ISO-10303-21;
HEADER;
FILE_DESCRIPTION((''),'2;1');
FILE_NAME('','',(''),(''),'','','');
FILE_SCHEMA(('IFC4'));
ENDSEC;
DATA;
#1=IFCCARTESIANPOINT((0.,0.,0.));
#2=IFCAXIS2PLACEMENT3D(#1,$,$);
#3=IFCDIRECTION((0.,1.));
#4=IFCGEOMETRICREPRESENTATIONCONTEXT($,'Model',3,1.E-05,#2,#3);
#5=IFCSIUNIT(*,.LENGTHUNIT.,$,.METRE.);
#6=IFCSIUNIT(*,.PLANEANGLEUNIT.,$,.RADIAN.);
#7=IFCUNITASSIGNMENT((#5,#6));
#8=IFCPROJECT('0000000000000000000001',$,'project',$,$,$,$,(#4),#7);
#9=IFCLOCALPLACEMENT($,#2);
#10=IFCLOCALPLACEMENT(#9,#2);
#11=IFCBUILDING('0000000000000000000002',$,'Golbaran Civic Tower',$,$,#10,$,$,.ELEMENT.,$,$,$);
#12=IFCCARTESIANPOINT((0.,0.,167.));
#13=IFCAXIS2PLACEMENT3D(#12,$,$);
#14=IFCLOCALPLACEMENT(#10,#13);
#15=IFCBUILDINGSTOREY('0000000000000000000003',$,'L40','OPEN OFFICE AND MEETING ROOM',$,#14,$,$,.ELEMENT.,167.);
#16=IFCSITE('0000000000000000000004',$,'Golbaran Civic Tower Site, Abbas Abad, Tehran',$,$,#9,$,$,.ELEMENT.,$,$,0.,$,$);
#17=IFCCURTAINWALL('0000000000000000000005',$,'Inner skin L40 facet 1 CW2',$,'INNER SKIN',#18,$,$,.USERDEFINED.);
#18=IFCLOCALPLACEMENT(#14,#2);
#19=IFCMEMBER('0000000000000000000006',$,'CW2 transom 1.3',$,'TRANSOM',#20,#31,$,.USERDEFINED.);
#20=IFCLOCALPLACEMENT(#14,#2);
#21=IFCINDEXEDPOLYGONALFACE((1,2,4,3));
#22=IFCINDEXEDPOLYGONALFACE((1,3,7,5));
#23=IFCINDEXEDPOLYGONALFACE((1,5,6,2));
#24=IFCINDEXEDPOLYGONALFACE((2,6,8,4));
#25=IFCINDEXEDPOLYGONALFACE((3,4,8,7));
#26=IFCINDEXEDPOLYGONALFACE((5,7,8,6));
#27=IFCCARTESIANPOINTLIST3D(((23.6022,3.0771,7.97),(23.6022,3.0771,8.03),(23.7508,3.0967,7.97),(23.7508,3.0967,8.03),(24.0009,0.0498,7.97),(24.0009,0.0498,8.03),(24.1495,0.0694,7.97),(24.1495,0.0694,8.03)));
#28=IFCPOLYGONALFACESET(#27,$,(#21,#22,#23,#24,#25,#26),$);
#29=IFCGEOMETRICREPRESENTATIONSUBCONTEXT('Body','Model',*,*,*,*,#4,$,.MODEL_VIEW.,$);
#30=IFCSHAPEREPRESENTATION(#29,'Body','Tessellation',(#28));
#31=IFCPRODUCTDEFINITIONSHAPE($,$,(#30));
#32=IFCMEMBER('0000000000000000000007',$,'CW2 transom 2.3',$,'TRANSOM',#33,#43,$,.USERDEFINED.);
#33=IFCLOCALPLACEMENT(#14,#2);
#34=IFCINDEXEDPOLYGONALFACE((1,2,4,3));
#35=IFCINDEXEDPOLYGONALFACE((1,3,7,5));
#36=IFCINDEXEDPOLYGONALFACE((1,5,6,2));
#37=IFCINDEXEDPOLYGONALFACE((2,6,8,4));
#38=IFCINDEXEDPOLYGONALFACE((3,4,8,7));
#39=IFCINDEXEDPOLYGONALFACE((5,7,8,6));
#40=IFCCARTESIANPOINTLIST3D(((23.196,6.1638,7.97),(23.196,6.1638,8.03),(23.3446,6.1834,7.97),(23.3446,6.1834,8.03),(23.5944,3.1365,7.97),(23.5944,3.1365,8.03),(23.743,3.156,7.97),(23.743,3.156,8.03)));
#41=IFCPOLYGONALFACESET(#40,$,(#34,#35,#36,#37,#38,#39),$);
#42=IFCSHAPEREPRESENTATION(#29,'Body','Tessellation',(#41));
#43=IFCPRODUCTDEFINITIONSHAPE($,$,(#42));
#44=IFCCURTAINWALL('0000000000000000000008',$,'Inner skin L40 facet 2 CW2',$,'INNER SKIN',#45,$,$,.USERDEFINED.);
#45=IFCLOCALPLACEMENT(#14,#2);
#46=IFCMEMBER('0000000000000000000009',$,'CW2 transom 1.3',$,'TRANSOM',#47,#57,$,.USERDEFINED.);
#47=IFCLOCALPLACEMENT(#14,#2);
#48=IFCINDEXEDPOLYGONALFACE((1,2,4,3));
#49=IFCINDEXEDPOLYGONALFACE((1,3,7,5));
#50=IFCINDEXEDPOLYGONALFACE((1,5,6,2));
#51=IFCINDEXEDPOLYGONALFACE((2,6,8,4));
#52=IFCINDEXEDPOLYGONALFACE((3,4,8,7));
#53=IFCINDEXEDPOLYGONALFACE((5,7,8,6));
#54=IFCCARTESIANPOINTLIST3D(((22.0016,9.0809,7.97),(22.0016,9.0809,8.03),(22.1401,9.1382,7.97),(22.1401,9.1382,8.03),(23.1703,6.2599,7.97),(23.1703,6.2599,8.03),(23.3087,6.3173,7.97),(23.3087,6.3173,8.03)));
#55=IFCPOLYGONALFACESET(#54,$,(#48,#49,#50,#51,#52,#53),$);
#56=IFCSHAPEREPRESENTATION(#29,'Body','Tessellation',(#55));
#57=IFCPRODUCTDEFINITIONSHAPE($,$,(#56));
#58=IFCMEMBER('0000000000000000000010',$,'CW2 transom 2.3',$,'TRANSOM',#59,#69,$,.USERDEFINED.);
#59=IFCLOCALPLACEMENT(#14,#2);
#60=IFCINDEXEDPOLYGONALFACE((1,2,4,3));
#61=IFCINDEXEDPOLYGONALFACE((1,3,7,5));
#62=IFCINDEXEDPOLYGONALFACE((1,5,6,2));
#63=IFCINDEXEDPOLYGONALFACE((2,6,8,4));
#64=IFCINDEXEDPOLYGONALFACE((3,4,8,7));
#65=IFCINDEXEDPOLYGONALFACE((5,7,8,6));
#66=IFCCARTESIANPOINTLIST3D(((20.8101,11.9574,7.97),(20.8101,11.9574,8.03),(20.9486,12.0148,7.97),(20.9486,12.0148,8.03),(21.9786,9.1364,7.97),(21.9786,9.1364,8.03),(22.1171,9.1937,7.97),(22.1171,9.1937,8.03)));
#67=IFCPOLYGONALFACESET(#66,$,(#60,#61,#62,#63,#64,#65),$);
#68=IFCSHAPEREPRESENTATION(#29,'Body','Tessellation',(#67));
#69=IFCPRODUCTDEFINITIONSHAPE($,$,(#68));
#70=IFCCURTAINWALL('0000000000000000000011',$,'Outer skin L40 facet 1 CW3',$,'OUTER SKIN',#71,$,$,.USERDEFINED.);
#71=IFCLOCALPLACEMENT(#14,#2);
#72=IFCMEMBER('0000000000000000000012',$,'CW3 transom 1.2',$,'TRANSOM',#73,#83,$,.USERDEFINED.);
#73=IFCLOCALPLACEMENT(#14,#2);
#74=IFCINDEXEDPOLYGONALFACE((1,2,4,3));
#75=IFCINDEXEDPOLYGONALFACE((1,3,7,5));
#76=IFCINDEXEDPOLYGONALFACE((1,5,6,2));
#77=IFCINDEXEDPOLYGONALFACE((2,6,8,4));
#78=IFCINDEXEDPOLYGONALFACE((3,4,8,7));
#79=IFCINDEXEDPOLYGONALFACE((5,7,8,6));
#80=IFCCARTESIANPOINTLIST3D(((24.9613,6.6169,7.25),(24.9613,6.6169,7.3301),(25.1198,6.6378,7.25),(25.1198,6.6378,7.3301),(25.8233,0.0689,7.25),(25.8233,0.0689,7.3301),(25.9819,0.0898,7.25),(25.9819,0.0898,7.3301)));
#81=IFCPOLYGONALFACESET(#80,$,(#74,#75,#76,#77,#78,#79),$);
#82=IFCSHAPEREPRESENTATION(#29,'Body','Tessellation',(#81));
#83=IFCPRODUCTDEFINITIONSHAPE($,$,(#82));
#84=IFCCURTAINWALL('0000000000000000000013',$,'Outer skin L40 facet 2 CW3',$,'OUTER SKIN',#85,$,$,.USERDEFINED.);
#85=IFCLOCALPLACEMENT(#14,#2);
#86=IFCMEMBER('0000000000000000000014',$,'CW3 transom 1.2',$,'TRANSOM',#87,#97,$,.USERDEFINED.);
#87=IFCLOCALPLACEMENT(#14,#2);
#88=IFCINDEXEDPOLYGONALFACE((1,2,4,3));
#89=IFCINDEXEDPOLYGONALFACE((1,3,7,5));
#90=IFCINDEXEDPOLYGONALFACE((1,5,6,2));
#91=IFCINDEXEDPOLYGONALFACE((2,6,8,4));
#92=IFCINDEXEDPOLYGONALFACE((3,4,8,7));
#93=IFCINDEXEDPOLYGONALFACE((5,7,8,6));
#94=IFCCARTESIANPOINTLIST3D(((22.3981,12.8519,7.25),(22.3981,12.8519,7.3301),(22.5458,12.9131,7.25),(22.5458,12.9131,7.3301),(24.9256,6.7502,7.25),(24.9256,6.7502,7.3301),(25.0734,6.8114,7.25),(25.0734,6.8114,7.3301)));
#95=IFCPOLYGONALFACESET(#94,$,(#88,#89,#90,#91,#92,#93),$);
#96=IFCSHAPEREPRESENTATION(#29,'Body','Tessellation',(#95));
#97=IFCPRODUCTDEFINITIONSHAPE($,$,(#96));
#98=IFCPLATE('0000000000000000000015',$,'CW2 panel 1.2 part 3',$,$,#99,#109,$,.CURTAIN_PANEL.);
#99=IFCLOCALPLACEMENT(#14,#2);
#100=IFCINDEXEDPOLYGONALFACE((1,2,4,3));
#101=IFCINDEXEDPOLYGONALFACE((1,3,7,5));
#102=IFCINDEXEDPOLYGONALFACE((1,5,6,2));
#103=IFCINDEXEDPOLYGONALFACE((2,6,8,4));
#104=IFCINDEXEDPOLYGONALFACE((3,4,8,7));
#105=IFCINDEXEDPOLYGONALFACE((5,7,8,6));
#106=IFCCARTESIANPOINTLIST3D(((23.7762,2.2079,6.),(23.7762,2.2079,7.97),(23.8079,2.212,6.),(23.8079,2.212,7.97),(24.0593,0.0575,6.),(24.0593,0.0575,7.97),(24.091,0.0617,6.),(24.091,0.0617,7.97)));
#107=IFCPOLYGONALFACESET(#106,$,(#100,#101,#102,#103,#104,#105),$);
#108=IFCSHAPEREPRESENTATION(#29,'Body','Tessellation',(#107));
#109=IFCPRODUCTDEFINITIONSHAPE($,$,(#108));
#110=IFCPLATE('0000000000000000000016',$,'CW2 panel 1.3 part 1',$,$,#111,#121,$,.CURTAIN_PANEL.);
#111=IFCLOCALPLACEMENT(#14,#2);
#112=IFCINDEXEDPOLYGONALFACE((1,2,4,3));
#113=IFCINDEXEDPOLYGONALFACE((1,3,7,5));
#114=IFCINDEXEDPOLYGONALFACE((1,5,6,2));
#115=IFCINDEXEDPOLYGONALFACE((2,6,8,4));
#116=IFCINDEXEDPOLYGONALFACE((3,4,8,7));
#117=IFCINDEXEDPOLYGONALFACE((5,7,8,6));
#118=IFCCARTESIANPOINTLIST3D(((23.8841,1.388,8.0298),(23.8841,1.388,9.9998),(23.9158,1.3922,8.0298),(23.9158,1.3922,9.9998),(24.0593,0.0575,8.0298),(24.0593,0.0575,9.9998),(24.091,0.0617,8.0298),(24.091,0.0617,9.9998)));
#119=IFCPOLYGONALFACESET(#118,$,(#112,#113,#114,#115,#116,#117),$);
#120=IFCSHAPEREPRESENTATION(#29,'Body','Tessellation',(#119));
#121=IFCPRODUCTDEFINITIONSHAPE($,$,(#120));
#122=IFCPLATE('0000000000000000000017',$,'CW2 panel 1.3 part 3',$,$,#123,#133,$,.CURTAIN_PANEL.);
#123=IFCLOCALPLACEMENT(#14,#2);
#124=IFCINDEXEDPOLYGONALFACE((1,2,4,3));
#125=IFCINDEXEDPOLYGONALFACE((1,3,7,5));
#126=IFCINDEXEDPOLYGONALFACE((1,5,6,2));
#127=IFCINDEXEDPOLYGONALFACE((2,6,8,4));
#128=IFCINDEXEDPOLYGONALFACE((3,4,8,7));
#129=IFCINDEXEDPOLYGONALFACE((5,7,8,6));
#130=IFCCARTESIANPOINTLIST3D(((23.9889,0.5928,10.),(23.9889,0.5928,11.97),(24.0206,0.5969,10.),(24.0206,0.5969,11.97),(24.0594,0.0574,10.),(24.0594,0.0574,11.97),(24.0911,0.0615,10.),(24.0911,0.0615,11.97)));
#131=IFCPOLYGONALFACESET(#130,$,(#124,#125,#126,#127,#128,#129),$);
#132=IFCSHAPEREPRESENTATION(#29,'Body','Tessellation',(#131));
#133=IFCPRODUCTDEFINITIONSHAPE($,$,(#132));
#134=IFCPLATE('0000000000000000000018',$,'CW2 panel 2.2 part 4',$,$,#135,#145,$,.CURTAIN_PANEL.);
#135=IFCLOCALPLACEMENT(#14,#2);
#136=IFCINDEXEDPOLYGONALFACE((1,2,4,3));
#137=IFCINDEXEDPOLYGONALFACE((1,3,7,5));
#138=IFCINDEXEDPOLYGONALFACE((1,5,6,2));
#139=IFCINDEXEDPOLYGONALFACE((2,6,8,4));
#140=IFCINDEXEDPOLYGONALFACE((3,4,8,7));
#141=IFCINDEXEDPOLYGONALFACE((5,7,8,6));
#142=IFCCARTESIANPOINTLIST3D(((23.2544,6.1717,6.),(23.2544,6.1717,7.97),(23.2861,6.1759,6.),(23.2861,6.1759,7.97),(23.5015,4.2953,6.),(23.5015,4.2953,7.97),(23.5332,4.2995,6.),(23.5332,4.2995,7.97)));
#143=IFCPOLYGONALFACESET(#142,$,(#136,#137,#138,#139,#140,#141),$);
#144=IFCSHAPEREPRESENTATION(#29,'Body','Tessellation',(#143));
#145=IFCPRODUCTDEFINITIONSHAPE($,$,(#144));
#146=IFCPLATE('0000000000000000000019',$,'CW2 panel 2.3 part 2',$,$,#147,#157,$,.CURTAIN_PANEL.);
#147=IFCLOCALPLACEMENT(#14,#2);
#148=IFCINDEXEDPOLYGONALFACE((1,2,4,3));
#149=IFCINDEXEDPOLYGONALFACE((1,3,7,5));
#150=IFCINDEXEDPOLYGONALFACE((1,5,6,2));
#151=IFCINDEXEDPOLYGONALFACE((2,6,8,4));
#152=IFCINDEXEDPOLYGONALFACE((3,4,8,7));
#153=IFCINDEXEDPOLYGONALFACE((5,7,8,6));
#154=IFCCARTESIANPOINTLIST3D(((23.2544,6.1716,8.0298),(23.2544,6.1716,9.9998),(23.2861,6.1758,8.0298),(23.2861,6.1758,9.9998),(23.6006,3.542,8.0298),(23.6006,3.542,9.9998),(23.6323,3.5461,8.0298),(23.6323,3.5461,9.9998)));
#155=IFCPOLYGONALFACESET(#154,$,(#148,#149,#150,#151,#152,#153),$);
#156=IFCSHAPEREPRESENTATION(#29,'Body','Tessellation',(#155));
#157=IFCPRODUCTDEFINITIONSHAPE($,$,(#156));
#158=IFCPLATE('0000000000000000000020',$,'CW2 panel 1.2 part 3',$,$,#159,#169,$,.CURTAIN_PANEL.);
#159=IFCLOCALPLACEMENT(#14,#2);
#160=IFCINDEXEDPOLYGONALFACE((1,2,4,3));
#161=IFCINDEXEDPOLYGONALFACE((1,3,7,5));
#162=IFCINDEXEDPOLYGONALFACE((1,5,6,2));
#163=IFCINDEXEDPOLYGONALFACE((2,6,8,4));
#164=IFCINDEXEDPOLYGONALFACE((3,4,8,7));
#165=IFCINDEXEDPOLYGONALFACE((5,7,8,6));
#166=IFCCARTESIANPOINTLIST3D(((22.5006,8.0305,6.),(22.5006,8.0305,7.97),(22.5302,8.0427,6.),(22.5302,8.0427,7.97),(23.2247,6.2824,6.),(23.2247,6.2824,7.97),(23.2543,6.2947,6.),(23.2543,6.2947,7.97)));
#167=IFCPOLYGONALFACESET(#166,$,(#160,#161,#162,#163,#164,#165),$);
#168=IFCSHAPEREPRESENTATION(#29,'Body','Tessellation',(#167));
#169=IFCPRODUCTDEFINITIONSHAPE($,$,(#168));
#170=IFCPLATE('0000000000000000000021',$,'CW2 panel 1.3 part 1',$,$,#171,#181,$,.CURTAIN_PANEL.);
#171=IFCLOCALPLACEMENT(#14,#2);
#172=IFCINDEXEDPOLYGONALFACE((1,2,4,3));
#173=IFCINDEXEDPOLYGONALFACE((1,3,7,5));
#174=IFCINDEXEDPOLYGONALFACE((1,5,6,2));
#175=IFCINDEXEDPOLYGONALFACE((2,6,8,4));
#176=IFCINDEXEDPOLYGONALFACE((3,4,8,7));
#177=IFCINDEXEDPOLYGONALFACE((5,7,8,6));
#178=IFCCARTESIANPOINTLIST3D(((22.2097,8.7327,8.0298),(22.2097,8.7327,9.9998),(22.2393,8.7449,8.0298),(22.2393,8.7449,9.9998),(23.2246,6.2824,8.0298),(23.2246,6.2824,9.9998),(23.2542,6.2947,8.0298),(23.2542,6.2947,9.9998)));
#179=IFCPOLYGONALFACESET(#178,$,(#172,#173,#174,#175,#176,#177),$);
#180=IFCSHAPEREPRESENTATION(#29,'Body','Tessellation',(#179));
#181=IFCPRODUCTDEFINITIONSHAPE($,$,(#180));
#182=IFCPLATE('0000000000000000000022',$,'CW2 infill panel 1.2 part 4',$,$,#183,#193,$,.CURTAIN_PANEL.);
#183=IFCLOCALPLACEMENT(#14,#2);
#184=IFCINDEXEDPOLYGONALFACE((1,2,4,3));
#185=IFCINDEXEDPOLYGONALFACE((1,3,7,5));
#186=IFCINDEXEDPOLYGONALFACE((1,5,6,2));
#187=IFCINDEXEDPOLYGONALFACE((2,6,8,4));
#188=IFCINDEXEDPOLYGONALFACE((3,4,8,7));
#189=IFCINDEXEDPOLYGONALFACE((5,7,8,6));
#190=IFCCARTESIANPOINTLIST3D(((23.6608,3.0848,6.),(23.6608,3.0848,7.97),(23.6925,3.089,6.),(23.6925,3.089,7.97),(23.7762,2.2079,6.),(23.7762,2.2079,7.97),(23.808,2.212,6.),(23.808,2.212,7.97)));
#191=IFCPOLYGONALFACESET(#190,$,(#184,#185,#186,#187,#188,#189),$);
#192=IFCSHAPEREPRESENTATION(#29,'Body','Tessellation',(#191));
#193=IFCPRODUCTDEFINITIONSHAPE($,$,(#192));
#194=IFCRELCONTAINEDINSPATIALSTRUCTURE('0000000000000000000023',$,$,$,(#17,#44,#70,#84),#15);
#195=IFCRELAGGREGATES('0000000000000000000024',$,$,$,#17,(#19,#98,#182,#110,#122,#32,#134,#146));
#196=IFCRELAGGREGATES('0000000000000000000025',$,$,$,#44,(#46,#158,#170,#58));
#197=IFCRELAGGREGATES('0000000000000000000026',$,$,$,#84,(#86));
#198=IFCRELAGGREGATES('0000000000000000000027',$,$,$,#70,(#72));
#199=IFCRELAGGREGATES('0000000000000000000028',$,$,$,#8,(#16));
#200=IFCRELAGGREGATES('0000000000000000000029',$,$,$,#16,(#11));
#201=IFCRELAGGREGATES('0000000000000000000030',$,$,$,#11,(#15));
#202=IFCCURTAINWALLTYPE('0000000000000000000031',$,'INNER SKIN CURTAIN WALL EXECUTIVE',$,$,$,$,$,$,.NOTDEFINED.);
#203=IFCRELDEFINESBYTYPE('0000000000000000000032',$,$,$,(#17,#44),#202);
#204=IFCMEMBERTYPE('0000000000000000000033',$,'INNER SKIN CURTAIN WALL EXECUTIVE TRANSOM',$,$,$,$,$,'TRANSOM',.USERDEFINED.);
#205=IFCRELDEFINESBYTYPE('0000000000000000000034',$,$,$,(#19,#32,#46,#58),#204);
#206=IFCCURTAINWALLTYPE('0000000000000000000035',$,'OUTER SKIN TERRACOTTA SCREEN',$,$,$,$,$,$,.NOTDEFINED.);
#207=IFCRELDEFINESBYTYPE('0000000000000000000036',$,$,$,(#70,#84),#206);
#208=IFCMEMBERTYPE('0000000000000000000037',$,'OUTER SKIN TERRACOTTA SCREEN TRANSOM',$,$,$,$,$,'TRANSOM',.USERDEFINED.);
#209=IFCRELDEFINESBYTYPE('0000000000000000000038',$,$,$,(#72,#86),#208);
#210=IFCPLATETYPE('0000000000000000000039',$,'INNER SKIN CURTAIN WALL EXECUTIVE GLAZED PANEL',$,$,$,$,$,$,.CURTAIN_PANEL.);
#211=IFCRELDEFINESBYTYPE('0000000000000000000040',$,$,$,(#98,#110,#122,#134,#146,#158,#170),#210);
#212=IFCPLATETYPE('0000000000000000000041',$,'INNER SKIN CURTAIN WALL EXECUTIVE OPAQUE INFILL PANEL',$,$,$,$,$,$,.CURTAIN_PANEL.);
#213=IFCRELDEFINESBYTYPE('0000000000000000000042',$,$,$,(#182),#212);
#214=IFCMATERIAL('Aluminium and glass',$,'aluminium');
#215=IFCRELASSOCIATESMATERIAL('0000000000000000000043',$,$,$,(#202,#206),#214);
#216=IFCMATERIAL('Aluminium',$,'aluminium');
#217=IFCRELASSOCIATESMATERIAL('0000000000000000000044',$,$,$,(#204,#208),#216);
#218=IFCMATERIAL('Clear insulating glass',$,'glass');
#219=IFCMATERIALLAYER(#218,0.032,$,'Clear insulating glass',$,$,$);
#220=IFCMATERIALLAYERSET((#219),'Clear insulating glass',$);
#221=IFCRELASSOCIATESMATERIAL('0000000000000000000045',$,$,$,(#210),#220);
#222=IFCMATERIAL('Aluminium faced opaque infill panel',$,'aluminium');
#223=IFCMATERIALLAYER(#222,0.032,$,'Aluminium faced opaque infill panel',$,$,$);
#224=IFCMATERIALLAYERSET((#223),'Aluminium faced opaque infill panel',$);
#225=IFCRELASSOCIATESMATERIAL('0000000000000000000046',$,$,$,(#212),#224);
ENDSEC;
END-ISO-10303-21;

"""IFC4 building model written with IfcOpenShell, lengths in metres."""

from ifc_helpers import new_model, si_unit, direction, frame, origin, origin_2d, place, context, subcontext, project, spatial, rectangle, extrude, material, layer, layer_set, material_profile, profile_set, type_object, element, aggregate, save


model = new_model("IFC4")

# Units and contexts
model_context = context("Model", 3, precision=1e-05, world=origin(), true_north=direction((0.0, 1.0)))
body_context = subcontext(model_context, "Body", "Model", "MODEL_VIEW")
ifc_project = project(units=[si_unit("LENGTHUNIT", "METRE"), si_unit("PLANEANGLEUNIT", "RADIAN")], contexts=[model_context])

# Site, building, storey
site_placement = place(None, origin())
site = spatial("IfcSite", under=ifc_project, at=site_placement, Name="Golbaran Civic Tower Site, Abbas Abad, Tehran", CompositionType="ELEMENT", RefElevation=0.0)
building_placement = place(site_placement, origin())
building = spatial("IfcBuilding", under=site, at=building_placement, Name="Golbaran Civic Tower", CompositionType="ELEMENT")
storey_placement = place(building_placement, frame((0.0, 0.0, 167.0)))
storey = spatial("IfcBuildingStorey", under=building, at=storey_placement, Name="L40", Description="OPEN OFFICE AND MEETING ROOM", CompositionType="ELEMENT", Elevation=167.0)

# Curtain walls, members
ifc_material_1 = material(Name="Aluminium and glass", Category="aluminium")
curtain_wall_type_1 = type_object("IfcCurtainWallType", Name="INNER SKIN CURTAIN WALL EXECUTIVE", PredefinedType="NOTDEFINED", material=ifc_material_1)
curtain_wall_1_placement = place(storey_placement, origin())
curtain_wall_1 = element("IfcCurtainWall", 1, at=curtain_wall_1_placement, inside=storey, type_object=curtain_wall_type_1, Name="Inner skin L40 facet 1 CW2", ObjectType="INNER SKIN", PredefinedType="USERDEFINED")
ifc_material_2 = material(Name="Aluminium", Category="aluminium")
ifc_material_profile_1 = material_profile(ifc_material_2, rectangle(XDim=0.1499, YDim=0.0601, at=origin_2d()), Name="INNER SKIN CURTAIN WALL EXECUTIVE TRANSOM")
ifc_profile_set_1 = profile_set([ifc_material_profile_1], Name="Aluminium")
member_type_1 = type_object("IfcMemberType", Name="INNER SKIN CURTAIN WALL EXECUTIVE TRANSOM", ElementType="TRANSOM", PredefinedType="USERDEFINED", material=ifc_profile_set_1)
member_1_placement = place(storey_placement, frame((24.0752, 0.0596, 8.0), z_axis=(-0.130566, 0.99144, 0.0), x_axis=(-0.99144, -0.130566, 0.0)))
member_1 = element("IfcMember", 2, at=member_1_placement, type_object=member_type_1, Name="CW2 transom 1.3", ObjectType="TRANSOM", PredefinedType="USERDEFINED", context=body_context, shape_type="SweptSolid", body=[
    extrude(rectangle(XDim=0.1499, YDim=0.0601, at=origin_2d()), origin(), (0.0, 0.0, 1.0), 3.0535),
])
member_2_placement = place(storey_placement, frame((23.6687, 3.1462, 8.0), z_axis=(-0.130488, 0.99145, 0.0), x_axis=(-0.99145, -0.130488, 0.0)))
member_2 = element("IfcMember", 3, at=member_2_placement, type_object=member_type_1, Name="CW2 transom 2.3", ObjectType="TRANSOM", PredefinedType="USERDEFINED", context=body_context, shape_type="SweptSolid", body=[
    extrude(rectangle(XDim=0.1499, YDim=0.0601, at=origin_2d()), origin(), (0.0, 0.0, 1.0), 3.0535),
])
curtain_wall_2_placement = place(storey_placement, origin())
curtain_wall_2 = element("IfcCurtainWall", 4, at=curtain_wall_2_placement, inside=storey, type_object=curtain_wall_type_1, Name="Inner skin L40 facet 2 CW2", ObjectType="INNER SKIN", PredefinedType="USERDEFINED")
member_3_placement = place(storey_placement, frame((23.2395, 6.2886, 8.0), z_axis=(-0.382735, 0.923858, 0.0), x_axis=(-0.923858, -0.382735, 0.0)))
member_3 = element("IfcMember", 5, at=member_3_placement, type_object=member_type_1, Name="CW2 transom 1.3", ObjectType="TRANSOM", PredefinedType="USERDEFINED", context=body_context, shape_type="SweptSolid", body=[
    extrude(rectangle(XDim=0.1499, YDim=0.0601, at=origin_2d()), origin(), (0.0, 0.0, 1.0), 3.0535),
])
member_4_placement = place(storey_placement, frame((22.0479, 9.165, 8.0), z_axis=(-0.382667, 0.923886, 0.0), x_axis=(-0.923886, -0.382667, 0.0)))
member_4 = element("IfcMember", 6, at=member_4_placement, type_object=member_type_1, Name="CW2 transom 2.3", ObjectType="TRANSOM", PredefinedType="USERDEFINED", context=body_context, shape_type="SweptSolid", body=[
    extrude(rectangle(XDim=0.1499, YDim=0.0601, at=origin_2d()), origin(), (0.0, 0.0, 1.0), 3.0535),
])

# Curtain walls, members
curtain_wall_type_2 = type_object("IfcCurtainWallType", Name="OUTER SKIN TERRACOTTA SCREEN", PredefinedType="NOTDEFINED", material=ifc_material_1)
curtain_wall_3_placement = place(storey_placement, origin())
curtain_wall_3 = element("IfcCurtainWall", 7, at=curtain_wall_3_placement, inside=storey, type_object=curtain_wall_type_2, Name="Outer skin L40 facet 1 CW3", ObjectType="OUTER SKIN", PredefinedType="USERDEFINED")
ifc_material_profile_2 = material_profile(ifc_material_2, rectangle(XDim=0.1599, YDim=0.0801, at=origin_2d()), Name="OUTER SKIN TERRACOTTA SCREEN TRANSOM")
ifc_profile_set_2 = profile_set([ifc_material_profile_2], Name="Aluminium")
member_type_2 = type_object("IfcMemberType", Name="OUTER SKIN TERRACOTTA SCREEN TRANSOM", ElementType="TRANSOM", PredefinedType="USERDEFINED", material=ifc_profile_set_2)
member_5_placement = place(storey_placement, frame((25.9026, 0.0793, 7.29), z_axis=(-0.130524, 0.991445, 0.0), x_axis=(-0.991445, -0.130524, 0.0)))
member_5 = element("IfcMember", 8, at=member_5_placement, type_object=member_type_2, Name="CW3 transom 1.2", ObjectType="TRANSOM", PredefinedType="USERDEFINED", context=body_context, shape_type="SweptSolid", body=[
    extrude(rectangle(XDim=0.1599, YDim=0.0801, at=origin_2d()), origin(), (0.0, 0.0, 1.0), 6.6045),
])
curtain_wall_4_placement = place(storey_placement, origin())
curtain_wall_4 = element("IfcCurtainWall", 9, at=curtain_wall_4_placement, inside=storey, type_object=curtain_wall_type_2, Name="Outer skin L40 facet 2 CW3", ObjectType="OUTER SKIN", PredefinedType="USERDEFINED")
member_6_placement = place(storey_placement, frame((24.9995, 6.7808, 7.29), z_axis=(-0.382701, 0.923872, 0.0), x_axis=(-0.923872, -0.382701, 0.0)))
member_6 = element("IfcMember", 10, at=member_6_placement, type_object=member_type_2, Name="CW3 transom 1.2", ObjectType="TRANSOM", PredefinedType="USERDEFINED", context=body_context, shape_type="SweptSolid", body=[
    extrude(rectangle(XDim=0.1599, YDim=0.0801, at=origin_2d()), origin(), (0.0, 0.0, 1.0), 6.6045),
])

# Plates
ifc_material_3 = material(Name="Clear insulating glass", Category="glass")
ifc_layer_1 = layer(ifc_material_3, 0.032, Name="Clear insulating glass")
ifc_layer_set_1 = layer_set([ifc_layer_1], Name="Clear insulating glass")
plate_type_1 = type_object("IfcPlateType", Name="INNER SKIN CURTAIN WALL EXECUTIVE GLAZED PANEL", PredefinedType="CURTAIN_PANEL", material=ifc_layer_set_1)
plate_1_placement = place(storey_placement, frame((23.9336, 1.1348, 6.0), z_axis=(0.0, 0.0, 1.0), x_axis=(-0.130526, 0.991445, 0.0)))
plate_1 = element("IfcPlate", 11, at=plate_1_placement, type_object=plate_type_1, Name="CW2 panel 1.2 part 3", PredefinedType="CURTAIN_PANEL", context=body_context, shape_type="SweptSolid", body=[
    extrude(rectangle(XDim=2.1689, YDim=0.032, at=origin_2d()), origin(), (0.0, 0.0, 1.0), 1.97),
])
plate_2_placement = place(storey_placement, frame((23.9875, 0.7249, 8.0298), z_axis=(0.0, 0.0, 1.0), x_axis=(-0.130526, 0.991445, 0.0)))
plate_2 = element("IfcPlate", 12, at=plate_2_placement, type_object=plate_type_1, Name="CW2 panel 1.3 part 1", PredefinedType="CURTAIN_PANEL", context=body_context, shape_type="SweptSolid", body=[
    extrude(rectangle(XDim=1.342, YDim=0.032, at=origin_2d()), origin(), (0.0, 0.0, 1.0), 1.97),
])
plate_3_placement = place(storey_placement, frame((24.04, 0.3271, 10.0), z_axis=(0.0, 0.0, 1.0), x_axis=(-0.130526, 0.991445, 0.0)))
plate_3 = element("IfcPlate", 13, at=plate_3_placement, type_object=plate_type_1, Name="CW2 panel 1.3 part 3", PredefinedType="CURTAIN_PANEL", context=body_context, shape_type="SweptSolid", body=[
    extrude(rectangle(XDim=0.54, YDim=0.032, at=origin_2d()), origin(), (0.0, 0.0, 1.0), 1.97),
])
plate_4_placement = place(storey_placement, frame((23.3938, 5.2356, 6.0), z_axis=(0.0, 0.0, 1.0), x_axis=(-0.130526, 0.991445, 0.0)))
plate_4 = element("IfcPlate", 14, at=plate_4_placement, type_object=plate_type_1, Name="CW2 panel 2.2 part 4", PredefinedType="CURTAIN_PANEL", context=body_context, shape_type="SweptSolid", body=[
    extrude(rectangle(XDim=1.8926, YDim=0.032, at=origin_2d()), origin(), (0.0, 0.0, 1.0), 1.97),
])
plate_5_placement = place(storey_placement, frame((23.4434, 4.8589, 8.0298), z_axis=(0.0, 0.0, 1.0), x_axis=(-0.130526, 0.991445, 0.0)))
plate_5 = element("IfcPlate", 15, at=plate_5_placement, type_object=plate_type_1, Name="CW2 panel 2.3 part 2", PredefinedType="CURTAIN_PANEL", context=body_context, shape_type="SweptSolid", body=[
    extrude(rectangle(XDim=2.6523, YDim=0.032, at=origin_2d()), origin(), (0.0, 0.0, 1.0), 1.97),
])
plate_6_placement = place(storey_placement, frame((22.8774, 7.1626, 6.0), z_axis=(0.0, 0.0, 1.0), x_axis=(-0.382683, 0.92388, 0.0)))
plate_6 = element("IfcPlate", 16, at=plate_6_placement, type_object=plate_type_1, Name="CW2 panel 1.2 part 3", PredefinedType="CURTAIN_PANEL", context=body_context, shape_type="SweptSolid", body=[
    extrude(rectangle(XDim=1.8921, YDim=0.032, at=origin_2d()), origin(), (0.0, 0.0, 1.0), 1.97),
])
plate_7_placement = place(storey_placement, frame((22.7319, 7.5137, 8.0298), z_axis=(0.0, 0.0, 1.0), x_axis=(-0.382683, 0.92388, 0.0)))
plate_7 = element("IfcPlate", 17, at=plate_7_placement, type_object=plate_type_1, Name="CW2 panel 1.3 part 1", PredefinedType="CURTAIN_PANEL", context=body_context, shape_type="SweptSolid", body=[
    extrude(rectangle(XDim=2.6521, YDim=0.032, at=origin_2d()), origin(), (0.0, 0.0, 1.0), 1.97),
])
ifc_material_4 = material(Name="Aluminium faced opaque infill panel", Category="aluminium")
ifc_layer_2 = layer(ifc_material_4, 0.032, Name="Aluminium faced opaque infill panel")
ifc_layer_set_2 = layer_set([ifc_layer_2], Name="Aluminium faced opaque infill panel")
plate_type_2 = type_object("IfcPlateType", Name="INNER SKIN CURTAIN WALL EXECUTIVE OPAQUE INFILL PANEL", PredefinedType="CURTAIN_PANEL", material=ifc_layer_set_2)
plate_8_placement = place(storey_placement, frame((23.7344, 2.6484, 6.0), z_axis=(0.0, 0.0, 1.0), x_axis=(-0.130526, 0.991445, 0.0)))
plate_8 = element("IfcPlate", 18, at=plate_8_placement, type_object=plate_type_2, Name="CW2 infill panel 1.2 part 4", PredefinedType="CURTAIN_PANEL", context=body_context, shape_type="SweptSolid", body=[
    extrude(rectangle(XDim=0.8845, YDim=0.032, at=origin_2d()), origin(), (0.0, 0.0, 1.0), 1.97),
])
aggregate(curtain_wall_1, [member_1, plate_1, plate_8, plate_2, plate_3, member_2, plate_4, plate_5])
aggregate(curtain_wall_2, [member_3, plate_6, plate_7, member_4])
aggregate(curtain_wall_4, [member_6])
aggregate(curtain_wall_3, [member_5])

save(model, "model.ifc")
